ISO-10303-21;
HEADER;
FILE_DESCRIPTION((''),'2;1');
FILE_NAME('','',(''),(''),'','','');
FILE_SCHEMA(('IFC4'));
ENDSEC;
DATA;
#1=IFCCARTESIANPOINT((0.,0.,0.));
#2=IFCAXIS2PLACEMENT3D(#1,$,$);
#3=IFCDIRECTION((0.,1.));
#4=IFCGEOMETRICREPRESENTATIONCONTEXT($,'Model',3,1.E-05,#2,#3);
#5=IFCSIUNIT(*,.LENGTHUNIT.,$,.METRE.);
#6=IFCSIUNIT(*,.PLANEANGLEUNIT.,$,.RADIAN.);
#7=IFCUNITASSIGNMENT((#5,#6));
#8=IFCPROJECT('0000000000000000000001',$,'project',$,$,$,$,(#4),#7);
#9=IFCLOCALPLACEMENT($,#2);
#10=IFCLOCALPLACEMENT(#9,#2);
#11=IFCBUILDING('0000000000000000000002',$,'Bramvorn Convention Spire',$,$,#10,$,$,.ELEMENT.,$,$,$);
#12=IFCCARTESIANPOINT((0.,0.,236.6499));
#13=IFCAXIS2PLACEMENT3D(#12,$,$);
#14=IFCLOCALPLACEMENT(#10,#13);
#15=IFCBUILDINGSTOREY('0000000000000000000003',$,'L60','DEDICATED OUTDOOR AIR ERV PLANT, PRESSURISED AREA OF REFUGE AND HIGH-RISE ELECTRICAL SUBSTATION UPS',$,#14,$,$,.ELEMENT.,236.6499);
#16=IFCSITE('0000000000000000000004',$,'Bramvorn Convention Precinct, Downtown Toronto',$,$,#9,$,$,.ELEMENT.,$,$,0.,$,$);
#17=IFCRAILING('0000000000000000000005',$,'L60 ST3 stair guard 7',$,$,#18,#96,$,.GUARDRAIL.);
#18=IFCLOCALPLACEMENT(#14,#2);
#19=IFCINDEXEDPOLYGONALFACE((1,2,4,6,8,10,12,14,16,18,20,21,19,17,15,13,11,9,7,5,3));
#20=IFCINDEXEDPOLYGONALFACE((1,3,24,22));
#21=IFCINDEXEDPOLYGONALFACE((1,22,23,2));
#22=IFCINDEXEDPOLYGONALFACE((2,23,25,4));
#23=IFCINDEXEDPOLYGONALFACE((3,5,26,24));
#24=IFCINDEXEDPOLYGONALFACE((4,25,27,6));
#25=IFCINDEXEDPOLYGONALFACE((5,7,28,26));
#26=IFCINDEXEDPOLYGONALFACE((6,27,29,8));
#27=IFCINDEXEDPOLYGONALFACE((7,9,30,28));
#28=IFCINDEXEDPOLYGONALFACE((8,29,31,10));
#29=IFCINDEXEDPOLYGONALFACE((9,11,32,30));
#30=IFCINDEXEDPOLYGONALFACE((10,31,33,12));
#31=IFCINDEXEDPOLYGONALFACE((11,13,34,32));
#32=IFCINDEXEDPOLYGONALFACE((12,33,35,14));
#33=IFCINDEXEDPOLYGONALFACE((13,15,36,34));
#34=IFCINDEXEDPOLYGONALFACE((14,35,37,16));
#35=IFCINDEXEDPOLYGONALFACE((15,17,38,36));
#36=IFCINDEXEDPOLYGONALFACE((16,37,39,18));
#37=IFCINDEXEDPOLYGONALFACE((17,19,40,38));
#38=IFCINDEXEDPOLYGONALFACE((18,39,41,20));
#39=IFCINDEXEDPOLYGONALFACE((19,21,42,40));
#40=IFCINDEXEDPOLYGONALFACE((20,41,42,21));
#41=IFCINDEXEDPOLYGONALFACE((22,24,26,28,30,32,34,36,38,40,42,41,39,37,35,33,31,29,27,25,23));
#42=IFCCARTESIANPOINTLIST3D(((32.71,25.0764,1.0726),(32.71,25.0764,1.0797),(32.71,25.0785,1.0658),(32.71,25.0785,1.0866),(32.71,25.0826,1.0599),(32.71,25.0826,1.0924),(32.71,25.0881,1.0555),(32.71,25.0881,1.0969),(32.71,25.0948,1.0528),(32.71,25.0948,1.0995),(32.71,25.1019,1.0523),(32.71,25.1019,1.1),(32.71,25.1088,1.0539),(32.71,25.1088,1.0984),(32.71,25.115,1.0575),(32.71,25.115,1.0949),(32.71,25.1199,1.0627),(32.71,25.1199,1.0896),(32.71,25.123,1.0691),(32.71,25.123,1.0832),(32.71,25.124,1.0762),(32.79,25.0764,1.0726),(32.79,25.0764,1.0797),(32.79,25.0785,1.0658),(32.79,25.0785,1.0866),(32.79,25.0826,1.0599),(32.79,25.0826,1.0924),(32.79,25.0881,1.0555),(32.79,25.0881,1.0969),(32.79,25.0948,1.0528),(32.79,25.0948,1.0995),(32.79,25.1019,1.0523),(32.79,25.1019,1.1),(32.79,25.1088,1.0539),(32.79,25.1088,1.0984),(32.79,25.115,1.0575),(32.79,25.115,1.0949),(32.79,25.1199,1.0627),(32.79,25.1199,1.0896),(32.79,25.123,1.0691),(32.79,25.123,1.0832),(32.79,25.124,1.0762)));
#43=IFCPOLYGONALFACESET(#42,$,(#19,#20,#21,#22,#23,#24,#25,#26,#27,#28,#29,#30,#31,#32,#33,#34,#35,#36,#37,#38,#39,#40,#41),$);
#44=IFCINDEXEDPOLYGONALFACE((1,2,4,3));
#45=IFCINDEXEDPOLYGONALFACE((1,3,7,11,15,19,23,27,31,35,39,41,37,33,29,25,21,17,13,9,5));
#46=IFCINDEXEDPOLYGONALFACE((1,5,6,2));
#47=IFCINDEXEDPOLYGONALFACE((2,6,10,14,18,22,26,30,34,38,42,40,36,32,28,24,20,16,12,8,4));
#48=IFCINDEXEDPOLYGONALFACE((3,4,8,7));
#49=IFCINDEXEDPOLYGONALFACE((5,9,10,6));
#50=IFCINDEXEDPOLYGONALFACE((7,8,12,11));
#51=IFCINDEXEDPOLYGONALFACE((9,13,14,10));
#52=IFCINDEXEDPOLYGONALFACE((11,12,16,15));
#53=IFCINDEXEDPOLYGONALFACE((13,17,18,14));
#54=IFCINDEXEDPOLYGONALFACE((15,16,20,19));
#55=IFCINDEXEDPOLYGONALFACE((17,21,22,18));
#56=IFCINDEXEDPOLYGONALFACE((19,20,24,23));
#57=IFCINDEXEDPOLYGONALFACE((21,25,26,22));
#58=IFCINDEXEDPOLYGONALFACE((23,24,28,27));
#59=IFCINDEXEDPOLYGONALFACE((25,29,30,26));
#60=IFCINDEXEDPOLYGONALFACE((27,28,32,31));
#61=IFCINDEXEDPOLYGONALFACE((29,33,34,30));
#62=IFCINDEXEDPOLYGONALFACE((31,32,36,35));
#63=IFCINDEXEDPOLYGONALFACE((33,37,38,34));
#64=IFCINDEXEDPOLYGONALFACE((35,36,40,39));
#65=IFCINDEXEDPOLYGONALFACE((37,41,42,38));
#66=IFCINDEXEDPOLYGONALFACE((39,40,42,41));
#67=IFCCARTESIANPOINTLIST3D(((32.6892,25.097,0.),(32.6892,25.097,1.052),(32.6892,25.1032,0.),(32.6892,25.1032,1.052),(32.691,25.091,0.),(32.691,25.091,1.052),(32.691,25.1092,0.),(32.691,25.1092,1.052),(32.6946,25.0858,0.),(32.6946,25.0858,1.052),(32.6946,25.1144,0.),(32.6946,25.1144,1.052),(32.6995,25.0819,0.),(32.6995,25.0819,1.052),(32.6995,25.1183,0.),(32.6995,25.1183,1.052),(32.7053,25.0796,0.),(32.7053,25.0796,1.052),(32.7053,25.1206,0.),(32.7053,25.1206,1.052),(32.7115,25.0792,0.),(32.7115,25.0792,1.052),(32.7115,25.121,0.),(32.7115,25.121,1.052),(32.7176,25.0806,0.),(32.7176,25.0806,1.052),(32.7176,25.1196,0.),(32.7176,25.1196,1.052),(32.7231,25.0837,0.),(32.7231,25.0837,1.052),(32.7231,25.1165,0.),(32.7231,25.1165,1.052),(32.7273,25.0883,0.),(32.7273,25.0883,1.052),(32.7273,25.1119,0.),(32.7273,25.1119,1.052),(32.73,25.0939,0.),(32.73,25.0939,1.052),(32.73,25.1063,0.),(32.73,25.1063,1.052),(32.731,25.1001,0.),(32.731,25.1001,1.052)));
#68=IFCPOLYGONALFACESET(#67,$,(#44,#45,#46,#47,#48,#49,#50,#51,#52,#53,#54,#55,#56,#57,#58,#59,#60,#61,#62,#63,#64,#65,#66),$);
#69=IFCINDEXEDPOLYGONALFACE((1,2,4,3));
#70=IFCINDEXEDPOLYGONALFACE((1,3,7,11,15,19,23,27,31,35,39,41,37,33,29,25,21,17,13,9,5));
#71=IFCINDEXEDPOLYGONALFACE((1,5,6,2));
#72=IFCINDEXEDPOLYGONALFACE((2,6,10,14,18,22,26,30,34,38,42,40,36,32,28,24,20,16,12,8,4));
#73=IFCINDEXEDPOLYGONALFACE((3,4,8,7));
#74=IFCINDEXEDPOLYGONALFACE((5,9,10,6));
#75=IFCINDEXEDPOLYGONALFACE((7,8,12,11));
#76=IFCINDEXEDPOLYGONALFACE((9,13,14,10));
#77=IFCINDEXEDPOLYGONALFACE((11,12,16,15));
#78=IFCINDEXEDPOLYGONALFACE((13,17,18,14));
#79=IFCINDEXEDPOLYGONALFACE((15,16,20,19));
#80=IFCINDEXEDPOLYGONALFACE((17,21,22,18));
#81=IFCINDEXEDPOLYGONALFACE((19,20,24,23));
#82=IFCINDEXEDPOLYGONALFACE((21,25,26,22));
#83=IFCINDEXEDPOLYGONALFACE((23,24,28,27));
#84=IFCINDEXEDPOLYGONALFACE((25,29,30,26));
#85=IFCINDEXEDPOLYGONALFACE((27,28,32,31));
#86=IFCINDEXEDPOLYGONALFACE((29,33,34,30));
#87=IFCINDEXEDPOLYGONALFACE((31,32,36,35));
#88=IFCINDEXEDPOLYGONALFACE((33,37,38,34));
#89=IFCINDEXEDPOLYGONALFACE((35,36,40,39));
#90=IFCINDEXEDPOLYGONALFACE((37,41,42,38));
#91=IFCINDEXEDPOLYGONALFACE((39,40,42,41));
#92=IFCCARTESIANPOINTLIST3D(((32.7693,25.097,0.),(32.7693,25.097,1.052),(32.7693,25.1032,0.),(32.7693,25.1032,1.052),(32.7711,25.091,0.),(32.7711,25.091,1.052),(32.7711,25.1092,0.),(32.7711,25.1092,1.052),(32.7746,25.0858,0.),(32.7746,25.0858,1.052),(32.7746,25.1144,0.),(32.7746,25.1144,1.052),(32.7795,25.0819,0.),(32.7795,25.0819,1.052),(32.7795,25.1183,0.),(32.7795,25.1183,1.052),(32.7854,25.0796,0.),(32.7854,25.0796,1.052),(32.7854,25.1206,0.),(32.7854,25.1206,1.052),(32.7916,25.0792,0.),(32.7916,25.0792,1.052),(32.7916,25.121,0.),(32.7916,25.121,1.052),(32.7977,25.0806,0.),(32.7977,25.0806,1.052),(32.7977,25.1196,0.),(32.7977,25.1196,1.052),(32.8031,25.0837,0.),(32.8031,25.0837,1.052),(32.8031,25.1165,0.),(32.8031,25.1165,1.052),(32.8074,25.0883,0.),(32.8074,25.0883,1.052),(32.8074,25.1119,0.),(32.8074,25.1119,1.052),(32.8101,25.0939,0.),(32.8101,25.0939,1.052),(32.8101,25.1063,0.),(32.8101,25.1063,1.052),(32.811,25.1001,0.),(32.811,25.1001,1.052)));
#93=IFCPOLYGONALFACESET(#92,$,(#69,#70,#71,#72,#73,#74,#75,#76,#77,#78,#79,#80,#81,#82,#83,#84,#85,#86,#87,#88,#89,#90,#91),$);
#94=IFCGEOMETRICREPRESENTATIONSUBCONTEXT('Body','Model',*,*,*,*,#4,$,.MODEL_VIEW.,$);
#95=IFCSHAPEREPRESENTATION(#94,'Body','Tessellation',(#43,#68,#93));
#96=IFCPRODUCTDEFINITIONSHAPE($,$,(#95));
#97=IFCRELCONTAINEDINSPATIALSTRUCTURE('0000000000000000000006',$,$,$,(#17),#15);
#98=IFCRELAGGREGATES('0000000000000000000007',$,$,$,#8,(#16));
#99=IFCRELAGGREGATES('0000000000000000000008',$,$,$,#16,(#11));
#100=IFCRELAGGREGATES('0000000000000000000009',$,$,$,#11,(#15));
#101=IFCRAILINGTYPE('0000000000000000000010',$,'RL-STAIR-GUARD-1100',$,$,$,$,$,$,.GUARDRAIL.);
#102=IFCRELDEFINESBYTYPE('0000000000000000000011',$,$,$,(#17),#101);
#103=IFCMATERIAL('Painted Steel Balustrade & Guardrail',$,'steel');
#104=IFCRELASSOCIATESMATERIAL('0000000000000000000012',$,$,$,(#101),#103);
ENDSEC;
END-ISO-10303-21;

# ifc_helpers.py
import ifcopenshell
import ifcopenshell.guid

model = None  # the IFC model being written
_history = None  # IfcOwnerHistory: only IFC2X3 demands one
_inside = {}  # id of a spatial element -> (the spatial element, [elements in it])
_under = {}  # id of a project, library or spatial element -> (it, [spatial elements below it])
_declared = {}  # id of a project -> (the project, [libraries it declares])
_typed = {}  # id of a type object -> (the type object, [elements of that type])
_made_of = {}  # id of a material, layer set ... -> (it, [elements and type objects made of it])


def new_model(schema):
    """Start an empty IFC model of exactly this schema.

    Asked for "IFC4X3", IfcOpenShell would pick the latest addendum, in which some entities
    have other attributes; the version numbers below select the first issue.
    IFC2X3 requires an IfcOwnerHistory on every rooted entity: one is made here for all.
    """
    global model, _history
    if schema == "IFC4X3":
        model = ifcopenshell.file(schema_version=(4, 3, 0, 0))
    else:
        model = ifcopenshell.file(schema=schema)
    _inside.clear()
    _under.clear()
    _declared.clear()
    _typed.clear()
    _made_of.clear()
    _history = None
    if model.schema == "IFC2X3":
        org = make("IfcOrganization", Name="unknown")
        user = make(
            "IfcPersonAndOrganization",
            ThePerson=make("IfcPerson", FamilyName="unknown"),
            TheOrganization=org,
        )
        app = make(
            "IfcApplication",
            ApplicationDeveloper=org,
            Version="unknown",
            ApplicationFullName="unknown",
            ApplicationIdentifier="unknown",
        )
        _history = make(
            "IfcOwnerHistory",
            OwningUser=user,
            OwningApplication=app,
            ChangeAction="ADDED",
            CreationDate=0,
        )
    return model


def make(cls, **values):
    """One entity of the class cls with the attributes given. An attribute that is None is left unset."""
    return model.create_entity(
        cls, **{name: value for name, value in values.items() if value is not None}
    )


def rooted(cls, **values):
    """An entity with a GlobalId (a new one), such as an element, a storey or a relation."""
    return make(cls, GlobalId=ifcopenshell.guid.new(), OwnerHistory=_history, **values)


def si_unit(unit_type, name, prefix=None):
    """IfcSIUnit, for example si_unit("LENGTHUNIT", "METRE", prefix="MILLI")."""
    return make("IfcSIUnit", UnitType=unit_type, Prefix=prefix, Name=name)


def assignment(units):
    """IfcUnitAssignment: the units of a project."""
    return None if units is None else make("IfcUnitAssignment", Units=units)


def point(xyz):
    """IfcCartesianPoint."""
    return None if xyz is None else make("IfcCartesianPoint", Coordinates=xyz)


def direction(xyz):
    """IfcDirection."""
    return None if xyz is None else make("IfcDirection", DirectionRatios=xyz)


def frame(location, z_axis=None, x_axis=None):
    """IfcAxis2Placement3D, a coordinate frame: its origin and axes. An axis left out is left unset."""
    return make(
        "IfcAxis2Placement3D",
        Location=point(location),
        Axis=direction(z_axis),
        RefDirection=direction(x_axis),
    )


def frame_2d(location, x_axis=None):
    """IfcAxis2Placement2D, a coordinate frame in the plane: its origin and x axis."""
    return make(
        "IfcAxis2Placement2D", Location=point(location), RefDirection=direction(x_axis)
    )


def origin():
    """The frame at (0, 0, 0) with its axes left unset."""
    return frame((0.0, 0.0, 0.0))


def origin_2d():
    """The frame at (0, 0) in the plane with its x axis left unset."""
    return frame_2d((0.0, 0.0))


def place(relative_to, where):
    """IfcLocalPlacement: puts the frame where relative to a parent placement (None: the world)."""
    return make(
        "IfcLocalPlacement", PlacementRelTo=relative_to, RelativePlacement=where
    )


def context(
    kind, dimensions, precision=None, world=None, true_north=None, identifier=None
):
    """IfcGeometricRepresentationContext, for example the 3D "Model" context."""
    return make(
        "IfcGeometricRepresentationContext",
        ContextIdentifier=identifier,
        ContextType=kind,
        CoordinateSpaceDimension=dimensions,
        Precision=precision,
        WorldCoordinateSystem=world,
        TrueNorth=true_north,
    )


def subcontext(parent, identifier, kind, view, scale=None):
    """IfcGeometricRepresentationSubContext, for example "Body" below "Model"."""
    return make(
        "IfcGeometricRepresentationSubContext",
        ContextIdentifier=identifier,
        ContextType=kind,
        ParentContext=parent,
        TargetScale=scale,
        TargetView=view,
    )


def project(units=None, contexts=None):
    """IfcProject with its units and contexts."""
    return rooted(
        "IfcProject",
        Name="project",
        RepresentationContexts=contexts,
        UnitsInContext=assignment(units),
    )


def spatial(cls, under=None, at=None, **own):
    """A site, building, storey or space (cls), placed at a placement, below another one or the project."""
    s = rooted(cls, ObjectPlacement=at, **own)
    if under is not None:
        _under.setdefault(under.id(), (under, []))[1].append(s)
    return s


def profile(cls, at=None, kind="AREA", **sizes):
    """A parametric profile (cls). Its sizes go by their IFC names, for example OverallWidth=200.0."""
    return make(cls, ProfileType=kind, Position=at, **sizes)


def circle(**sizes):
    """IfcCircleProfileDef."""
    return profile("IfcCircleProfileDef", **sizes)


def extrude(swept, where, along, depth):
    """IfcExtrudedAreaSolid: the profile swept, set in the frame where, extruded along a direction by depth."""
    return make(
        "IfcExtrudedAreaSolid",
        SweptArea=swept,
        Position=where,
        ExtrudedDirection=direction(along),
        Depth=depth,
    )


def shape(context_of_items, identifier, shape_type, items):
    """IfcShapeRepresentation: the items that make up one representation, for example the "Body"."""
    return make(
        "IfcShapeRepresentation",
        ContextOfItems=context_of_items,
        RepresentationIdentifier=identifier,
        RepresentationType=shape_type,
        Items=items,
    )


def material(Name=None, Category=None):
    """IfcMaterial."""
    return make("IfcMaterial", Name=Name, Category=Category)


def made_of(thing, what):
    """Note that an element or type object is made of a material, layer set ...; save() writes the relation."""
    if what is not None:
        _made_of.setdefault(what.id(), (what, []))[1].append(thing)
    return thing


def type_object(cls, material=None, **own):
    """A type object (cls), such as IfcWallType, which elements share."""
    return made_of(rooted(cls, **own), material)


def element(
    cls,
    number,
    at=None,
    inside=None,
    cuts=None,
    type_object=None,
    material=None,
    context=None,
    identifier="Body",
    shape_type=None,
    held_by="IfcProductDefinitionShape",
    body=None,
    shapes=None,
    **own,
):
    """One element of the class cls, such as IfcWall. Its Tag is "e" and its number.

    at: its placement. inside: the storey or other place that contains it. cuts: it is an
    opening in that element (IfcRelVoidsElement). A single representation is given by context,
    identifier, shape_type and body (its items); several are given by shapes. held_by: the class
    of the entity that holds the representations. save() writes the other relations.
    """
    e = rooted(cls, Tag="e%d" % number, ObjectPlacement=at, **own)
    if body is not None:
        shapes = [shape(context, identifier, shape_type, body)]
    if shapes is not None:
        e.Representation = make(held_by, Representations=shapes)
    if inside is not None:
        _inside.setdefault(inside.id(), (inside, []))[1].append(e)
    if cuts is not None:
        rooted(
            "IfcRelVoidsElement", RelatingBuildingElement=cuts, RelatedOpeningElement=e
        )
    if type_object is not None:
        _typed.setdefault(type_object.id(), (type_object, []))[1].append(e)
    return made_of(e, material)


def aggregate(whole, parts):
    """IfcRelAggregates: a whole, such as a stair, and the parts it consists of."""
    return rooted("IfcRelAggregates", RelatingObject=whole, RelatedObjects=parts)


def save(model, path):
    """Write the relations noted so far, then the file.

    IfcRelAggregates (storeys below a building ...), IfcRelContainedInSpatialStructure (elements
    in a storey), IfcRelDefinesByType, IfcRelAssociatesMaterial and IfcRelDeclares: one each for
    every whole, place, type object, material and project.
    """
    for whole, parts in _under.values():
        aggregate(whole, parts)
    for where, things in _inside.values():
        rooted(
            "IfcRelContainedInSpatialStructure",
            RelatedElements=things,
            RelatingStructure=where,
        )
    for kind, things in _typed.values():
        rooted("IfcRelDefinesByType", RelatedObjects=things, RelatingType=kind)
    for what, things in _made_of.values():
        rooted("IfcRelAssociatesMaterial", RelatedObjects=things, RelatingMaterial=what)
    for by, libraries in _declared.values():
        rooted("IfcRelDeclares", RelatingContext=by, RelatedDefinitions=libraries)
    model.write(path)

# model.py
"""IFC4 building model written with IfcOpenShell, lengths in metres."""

from ifc_helpers import new_model, si_unit, direction, frame, origin, origin_2d, place, context, subcontext, project, spatial, circle, extrude, material, type_object, element, save


model = new_model("IFC4")

# Units and contexts
model_context = context("Model", 3, precision=1e-05, world=origin(), true_north=direction((0.0, 1.0)))
body_context = subcontext(model_context, "Body", "Model", "MODEL_VIEW")
ifc_project = project(units=[si_unit("LENGTHUNIT", "METRE"), si_unit("PLANEANGLEUNIT", "RADIAN")], contexts=[model_context])

# Site, building, storey
site_placement = place(None, origin())
site = spatial("IfcSite", under=ifc_project, at=site_placement, Name="Bramvorn Convention Precinct, Downtown Toronto", CompositionType="ELEMENT", RefElevation=0.0)
building_placement = place(site_placement, origin())
building = spatial("IfcBuilding", under=site, at=building_placement, Name="Bramvorn Convention Spire", CompositionType="ELEMENT")
storey_placement = place(building_placement, frame((0.0, 0.0, 236.6499)))
storey = spatial("IfcBuildingStorey", under=building, at=storey_placement, Name="L60", Description="DEDICATED OUTDOOR AIR ERV PLANT, PRESSURISED AREA OF REFUGE AND HIGH-RISE ELECTRICAL SUBSTATION UPS", CompositionType="ELEMENT", Elevation=236.6499)

# Railing
ifc_material_1 = material(Name="Painted Steel Balustrade & Guardrail", Category="steel")
railing_type_1 = type_object("IfcRailingType", Name="RL-STAIR-GUARD-1100", PredefinedType="GUARDRAIL", material=ifc_material_1)
railing_1_placement = place(storey_placement, frame((32.71, 25.1001, 0.0)))
element("IfcRailing", 1, at=railing_1_placement, inside=storey, type_object=railing_type_1, Name="L60 ST3 stair guard 7", PredefinedType="GUARDRAIL", context=body_context, shape_type="SweptSolid", body=[
    extrude(circle(Radius=0.0239, at=origin_2d()), frame((0.0, 0.0, 1.0762), z_axis=(1.0, 0.0, 0.0), x_axis=(0.0, 1.0, 0.0)), (0.0, 0.0, 1.0), 0.0801),
    extrude(circle(Radius=0.021, at=origin_2d()), origin(), (0.0, 0.0, 1.0), 1.052),
    extrude(circle(Radius=0.021, at=origin_2d()), frame((0.0801, 0.0, 0.0)), (0.0, 0.0, 1.0), 1.052),
])

save(model, "model.ifc")
